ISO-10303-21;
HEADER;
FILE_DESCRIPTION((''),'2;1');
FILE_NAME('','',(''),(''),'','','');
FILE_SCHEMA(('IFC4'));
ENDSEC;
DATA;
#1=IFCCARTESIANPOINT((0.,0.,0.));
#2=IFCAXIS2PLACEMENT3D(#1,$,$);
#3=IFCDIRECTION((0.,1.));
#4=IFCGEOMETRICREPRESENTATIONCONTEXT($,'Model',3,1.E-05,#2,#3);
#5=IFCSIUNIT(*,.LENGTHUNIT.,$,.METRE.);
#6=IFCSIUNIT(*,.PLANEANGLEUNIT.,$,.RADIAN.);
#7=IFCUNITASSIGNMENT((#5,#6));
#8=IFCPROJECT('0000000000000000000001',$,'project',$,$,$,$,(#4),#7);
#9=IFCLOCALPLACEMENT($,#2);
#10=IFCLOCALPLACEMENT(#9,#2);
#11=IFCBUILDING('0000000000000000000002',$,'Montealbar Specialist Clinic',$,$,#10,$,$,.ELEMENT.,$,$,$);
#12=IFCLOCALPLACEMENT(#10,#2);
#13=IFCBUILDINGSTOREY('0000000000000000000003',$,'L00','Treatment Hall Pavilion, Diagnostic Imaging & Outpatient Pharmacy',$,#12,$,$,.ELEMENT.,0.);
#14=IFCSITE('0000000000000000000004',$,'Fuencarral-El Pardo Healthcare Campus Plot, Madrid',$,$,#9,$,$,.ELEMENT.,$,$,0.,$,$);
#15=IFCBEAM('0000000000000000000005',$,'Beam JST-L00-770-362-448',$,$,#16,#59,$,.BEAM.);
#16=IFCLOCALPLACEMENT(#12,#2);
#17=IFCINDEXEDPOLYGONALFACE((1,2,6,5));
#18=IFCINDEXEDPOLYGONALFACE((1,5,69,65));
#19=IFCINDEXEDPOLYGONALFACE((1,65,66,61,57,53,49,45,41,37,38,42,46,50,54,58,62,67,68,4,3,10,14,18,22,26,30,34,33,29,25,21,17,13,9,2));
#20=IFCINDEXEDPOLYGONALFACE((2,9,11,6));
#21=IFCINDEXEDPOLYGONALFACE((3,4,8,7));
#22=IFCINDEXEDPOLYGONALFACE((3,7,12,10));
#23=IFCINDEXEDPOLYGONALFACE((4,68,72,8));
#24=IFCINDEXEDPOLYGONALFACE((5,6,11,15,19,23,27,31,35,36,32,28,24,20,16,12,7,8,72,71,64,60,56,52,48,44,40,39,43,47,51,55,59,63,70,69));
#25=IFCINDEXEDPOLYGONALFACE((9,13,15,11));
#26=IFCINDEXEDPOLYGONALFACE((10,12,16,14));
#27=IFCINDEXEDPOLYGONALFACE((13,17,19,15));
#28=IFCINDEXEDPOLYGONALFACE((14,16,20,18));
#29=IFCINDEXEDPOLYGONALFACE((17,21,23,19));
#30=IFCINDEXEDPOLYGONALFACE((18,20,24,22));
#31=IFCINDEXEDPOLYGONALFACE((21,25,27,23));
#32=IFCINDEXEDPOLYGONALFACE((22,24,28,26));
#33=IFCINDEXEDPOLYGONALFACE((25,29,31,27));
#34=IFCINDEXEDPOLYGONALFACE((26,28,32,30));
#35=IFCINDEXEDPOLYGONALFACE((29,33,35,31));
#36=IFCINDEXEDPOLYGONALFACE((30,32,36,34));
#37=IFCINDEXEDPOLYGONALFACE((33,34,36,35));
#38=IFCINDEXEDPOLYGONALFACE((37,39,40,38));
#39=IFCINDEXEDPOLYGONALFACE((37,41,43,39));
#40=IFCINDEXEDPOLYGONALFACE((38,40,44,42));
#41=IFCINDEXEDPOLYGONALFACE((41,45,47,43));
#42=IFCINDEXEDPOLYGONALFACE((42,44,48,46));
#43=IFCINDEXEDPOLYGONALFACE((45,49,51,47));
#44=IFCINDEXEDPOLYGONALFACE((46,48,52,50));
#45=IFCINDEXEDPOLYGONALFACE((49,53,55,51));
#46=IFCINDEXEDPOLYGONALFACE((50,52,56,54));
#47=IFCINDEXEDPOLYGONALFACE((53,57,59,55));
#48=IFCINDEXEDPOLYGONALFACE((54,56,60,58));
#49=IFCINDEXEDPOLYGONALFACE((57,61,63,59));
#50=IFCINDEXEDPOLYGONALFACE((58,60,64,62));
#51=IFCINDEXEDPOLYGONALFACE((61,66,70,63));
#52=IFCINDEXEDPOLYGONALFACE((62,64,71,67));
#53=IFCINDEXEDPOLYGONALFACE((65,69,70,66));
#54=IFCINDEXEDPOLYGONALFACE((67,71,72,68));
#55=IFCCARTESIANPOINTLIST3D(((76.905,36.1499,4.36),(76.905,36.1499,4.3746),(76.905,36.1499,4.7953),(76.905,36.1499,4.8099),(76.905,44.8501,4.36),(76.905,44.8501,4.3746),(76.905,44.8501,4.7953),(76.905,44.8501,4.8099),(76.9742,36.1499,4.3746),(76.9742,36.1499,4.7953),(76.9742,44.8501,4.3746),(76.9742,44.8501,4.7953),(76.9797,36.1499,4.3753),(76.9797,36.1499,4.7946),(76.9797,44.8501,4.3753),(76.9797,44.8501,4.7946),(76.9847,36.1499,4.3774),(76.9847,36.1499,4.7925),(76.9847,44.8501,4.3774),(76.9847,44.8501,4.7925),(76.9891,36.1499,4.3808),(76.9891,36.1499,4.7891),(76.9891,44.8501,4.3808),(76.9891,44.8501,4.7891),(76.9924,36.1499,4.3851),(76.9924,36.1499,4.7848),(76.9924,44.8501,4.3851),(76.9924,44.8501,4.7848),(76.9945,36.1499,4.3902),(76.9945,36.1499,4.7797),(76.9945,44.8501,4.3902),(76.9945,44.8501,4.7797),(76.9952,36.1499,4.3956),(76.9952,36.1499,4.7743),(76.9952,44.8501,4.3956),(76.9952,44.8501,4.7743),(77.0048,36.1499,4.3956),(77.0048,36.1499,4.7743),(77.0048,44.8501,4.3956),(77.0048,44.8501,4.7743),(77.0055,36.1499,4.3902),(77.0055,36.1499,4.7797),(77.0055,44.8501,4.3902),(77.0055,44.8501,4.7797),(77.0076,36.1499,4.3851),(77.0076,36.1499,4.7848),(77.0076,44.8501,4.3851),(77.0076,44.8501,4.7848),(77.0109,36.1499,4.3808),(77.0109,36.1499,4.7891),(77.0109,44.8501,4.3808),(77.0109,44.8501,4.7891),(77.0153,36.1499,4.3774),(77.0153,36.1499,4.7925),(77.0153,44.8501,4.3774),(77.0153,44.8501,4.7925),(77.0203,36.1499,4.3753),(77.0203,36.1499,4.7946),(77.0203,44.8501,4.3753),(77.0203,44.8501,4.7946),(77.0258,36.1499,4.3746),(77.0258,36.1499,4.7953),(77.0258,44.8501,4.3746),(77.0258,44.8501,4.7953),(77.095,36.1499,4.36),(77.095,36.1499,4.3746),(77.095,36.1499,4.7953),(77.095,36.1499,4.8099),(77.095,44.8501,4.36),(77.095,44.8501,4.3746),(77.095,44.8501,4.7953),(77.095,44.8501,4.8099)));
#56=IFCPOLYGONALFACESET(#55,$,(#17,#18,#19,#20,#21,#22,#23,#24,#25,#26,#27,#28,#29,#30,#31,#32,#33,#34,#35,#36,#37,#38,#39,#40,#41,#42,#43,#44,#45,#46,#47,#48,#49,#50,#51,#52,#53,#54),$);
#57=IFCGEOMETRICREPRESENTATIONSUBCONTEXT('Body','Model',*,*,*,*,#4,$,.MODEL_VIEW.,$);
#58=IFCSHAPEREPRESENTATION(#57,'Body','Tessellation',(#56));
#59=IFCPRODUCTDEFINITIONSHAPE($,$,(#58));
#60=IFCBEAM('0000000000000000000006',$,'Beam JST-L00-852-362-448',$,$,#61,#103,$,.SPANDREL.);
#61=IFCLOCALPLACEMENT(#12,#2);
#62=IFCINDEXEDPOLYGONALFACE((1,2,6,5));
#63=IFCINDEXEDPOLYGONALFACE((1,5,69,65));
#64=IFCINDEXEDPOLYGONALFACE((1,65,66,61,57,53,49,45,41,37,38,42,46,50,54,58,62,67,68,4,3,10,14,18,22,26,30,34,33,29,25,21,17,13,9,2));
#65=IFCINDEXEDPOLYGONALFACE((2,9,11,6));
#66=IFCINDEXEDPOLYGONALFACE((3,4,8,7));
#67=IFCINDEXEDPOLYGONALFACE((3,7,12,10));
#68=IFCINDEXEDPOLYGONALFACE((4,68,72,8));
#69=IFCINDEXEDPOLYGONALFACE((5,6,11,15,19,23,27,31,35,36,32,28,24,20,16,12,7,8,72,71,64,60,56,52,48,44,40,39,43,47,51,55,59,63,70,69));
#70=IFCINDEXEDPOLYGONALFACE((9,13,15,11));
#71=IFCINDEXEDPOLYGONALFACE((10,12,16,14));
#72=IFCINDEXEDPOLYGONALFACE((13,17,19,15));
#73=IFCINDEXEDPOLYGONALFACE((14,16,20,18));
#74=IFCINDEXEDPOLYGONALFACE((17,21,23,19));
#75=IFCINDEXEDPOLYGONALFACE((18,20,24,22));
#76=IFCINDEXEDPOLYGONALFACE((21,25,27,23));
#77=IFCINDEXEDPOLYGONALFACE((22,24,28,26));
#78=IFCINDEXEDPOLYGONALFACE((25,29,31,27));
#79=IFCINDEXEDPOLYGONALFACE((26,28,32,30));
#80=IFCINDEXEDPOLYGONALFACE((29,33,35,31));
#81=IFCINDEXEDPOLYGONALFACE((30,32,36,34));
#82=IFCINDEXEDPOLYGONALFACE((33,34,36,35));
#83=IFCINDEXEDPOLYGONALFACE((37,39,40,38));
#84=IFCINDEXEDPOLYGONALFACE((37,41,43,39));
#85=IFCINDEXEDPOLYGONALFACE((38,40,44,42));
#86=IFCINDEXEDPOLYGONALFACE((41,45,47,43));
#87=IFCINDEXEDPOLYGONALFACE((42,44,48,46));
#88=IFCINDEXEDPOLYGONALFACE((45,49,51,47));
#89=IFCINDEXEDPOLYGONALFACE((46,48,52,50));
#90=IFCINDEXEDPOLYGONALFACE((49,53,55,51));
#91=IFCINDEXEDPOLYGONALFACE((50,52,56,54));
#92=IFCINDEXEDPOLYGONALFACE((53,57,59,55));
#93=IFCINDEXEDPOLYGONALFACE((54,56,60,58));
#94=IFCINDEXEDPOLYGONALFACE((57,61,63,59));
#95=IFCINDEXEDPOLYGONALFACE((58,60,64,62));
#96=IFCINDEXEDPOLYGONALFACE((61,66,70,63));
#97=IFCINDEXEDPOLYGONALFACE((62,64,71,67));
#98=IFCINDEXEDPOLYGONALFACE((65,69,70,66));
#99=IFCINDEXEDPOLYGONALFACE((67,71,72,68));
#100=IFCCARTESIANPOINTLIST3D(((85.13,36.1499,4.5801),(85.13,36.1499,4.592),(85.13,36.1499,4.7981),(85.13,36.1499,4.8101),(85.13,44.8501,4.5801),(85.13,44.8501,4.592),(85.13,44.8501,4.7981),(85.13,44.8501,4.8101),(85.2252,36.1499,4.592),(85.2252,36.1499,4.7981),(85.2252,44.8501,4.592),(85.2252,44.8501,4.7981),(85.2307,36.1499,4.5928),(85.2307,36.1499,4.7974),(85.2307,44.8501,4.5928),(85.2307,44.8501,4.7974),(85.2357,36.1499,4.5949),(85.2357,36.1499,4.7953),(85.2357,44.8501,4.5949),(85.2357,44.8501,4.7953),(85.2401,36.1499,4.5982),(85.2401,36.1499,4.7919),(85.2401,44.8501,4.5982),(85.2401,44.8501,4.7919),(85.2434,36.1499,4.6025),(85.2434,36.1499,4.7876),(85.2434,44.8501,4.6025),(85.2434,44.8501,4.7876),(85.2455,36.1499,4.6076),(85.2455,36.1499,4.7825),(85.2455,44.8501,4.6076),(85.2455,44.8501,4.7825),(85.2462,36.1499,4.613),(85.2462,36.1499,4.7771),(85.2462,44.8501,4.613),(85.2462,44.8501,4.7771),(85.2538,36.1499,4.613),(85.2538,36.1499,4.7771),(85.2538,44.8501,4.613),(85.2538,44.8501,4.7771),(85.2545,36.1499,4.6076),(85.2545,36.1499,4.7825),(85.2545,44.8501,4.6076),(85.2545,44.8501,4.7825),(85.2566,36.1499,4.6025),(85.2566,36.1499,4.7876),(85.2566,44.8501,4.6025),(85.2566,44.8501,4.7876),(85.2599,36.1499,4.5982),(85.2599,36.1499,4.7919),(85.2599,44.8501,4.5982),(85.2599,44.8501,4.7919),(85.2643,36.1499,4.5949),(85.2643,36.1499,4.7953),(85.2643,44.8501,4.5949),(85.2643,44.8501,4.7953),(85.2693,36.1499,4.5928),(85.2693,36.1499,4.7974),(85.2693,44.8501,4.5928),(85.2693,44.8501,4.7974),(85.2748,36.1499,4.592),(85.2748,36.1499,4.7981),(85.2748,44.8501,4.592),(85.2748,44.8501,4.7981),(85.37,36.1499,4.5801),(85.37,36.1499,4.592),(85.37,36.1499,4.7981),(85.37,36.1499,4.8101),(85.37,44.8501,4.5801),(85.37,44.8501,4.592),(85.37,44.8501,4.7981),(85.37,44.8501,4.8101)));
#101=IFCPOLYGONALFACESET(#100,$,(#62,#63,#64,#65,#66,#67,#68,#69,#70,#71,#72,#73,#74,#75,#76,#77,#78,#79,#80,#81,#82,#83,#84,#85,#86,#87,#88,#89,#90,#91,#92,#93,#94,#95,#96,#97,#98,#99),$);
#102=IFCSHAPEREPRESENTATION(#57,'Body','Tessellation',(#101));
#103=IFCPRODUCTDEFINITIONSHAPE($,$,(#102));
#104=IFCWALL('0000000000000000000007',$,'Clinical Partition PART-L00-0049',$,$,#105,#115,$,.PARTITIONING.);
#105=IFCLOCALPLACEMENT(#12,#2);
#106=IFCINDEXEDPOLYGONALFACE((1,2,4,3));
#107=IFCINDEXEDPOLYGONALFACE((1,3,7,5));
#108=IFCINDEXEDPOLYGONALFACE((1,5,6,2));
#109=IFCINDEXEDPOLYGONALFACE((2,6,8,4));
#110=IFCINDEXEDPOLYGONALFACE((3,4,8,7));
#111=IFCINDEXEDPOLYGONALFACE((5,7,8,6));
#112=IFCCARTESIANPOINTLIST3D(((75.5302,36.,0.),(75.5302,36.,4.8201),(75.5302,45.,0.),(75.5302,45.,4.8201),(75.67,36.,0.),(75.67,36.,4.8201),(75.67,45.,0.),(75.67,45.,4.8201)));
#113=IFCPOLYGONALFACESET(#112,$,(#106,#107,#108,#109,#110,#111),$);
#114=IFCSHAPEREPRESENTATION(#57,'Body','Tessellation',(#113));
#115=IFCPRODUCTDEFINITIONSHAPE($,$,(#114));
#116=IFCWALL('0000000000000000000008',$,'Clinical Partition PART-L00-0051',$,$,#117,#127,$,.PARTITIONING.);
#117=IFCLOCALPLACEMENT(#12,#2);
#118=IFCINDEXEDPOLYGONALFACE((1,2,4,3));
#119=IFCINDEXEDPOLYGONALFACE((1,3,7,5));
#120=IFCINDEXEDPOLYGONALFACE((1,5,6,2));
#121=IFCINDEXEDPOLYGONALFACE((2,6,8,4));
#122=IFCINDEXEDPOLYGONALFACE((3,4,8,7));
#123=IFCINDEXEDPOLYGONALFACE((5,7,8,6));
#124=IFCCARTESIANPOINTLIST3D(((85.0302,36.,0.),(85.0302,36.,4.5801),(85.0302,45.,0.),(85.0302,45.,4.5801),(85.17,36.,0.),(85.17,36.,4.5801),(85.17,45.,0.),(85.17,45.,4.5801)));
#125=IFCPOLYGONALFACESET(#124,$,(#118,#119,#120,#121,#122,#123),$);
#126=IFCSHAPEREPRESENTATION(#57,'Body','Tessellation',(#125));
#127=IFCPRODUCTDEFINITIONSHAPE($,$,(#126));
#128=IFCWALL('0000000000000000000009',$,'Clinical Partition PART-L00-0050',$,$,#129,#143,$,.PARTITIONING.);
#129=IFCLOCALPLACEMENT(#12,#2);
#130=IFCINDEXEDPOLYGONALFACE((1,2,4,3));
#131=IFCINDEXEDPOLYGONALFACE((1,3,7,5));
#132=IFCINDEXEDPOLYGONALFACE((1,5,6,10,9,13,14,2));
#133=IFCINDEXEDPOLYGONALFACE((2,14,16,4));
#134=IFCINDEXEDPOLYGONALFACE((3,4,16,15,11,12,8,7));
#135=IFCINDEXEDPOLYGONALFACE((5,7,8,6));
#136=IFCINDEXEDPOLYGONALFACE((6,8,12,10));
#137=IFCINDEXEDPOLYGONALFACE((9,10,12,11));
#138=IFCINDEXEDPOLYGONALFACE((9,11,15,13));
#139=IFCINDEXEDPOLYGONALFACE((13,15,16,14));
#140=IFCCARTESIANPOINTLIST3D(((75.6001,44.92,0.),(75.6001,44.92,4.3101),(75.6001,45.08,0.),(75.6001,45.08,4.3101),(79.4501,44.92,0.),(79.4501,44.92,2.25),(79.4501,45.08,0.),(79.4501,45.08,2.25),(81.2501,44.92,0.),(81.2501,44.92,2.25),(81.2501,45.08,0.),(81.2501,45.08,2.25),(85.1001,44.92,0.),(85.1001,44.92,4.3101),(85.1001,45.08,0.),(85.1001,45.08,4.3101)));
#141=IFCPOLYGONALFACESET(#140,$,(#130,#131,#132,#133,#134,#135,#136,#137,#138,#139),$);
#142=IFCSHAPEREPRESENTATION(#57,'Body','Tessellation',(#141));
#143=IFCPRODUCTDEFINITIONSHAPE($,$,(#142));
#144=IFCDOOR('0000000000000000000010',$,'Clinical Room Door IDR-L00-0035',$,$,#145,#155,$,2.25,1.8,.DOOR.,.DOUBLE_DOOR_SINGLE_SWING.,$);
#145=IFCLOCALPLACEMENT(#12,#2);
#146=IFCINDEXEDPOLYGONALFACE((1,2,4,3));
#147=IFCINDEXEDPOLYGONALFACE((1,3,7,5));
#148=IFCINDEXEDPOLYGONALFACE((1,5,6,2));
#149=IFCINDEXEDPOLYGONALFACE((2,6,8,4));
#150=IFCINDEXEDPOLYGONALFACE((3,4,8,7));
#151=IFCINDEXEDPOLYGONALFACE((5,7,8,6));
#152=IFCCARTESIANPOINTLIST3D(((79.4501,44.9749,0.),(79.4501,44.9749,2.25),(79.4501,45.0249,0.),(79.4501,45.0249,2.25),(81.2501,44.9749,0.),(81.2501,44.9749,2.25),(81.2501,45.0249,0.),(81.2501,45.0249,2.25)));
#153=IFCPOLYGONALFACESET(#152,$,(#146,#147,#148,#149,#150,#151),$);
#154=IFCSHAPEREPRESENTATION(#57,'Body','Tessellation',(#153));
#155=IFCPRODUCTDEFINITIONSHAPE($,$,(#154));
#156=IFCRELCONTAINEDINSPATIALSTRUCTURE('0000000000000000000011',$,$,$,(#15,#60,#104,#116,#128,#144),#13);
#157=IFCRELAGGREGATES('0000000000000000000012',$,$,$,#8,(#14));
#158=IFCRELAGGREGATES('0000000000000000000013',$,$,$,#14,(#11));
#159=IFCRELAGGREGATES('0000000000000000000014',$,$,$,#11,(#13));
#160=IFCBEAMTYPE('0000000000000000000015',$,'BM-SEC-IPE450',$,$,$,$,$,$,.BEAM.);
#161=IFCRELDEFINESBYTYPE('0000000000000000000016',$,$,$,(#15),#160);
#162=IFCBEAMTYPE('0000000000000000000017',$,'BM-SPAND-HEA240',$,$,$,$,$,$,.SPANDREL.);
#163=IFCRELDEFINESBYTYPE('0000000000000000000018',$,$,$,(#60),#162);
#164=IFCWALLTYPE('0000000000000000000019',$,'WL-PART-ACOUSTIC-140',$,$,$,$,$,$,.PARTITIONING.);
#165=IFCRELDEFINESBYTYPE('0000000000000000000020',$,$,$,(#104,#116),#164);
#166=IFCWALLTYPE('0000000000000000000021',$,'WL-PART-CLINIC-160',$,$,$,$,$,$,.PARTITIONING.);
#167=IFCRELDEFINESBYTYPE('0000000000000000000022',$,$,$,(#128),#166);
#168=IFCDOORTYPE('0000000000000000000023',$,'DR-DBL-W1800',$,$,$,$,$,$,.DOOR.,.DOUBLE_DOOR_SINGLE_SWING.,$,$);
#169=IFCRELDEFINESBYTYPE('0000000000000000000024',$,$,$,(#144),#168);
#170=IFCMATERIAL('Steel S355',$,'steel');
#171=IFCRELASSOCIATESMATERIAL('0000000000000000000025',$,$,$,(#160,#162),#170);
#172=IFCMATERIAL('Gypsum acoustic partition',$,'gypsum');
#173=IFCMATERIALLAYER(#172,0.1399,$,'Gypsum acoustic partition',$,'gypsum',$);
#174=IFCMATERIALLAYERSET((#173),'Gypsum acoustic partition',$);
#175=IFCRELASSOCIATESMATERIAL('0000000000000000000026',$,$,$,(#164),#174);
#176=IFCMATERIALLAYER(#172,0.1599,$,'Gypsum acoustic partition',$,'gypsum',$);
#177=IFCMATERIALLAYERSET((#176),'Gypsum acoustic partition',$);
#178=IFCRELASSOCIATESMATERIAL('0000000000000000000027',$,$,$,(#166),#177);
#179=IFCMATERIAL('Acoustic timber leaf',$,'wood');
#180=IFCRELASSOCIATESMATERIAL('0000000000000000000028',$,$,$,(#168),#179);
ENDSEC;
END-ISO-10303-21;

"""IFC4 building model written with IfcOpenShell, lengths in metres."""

from ifc_helpers import new_model, si_unit, direction, frame, frame_2d, origin, origin_2d, place, context, subcontext, project, spatial, rectangle, i_section, extrude, material, layer, layer_set, material_profile, profile_set, type_object, element, fill, save


model = new_model("IFC4")

# Units and contexts
model_context = context("Model", 3, precision=1e-05, world=origin(), true_north=direction((0.0, 1.0)))
body_context = subcontext(model_context, "Body", "Model", "MODEL_VIEW")
ifc_project = project(units=[si_unit("LENGTHUNIT", "METRE"), si_unit("PLANEANGLEUNIT", "RADIAN")], contexts=[model_context])

# Site, building, storey
site_placement = place(None, origin())
site = spatial("IfcSite", under=ifc_project, at=site_placement, Name="Fuencarral-El Pardo Healthcare Campus Plot, Madrid", CompositionType="ELEMENT", RefElevation=0.0)
building_placement = place(site_placement, origin())
building = spatial("IfcBuilding", under=site, at=building_placement, Name="Montealbar Specialist Clinic", CompositionType="ELEMENT")
storey_placement = place(building_placement, origin())
storey = spatial("IfcBuildingStorey", under=building, at=storey_placement, Name="L00", Description="Treatment Hall Pavilion, Diagnostic Imaging & Outpatient Pharmacy", CompositionType="ELEMENT", Elevation=0.0)

# Shared definitions
ifc_material_1 = material(Name="Steel S355", Category="steel")

# Beams
ifc_material_profile_1 = material_profile(ifc_material_1, i_section(OverallWidth=0.1899, OverallDepth=0.45, WebThickness=0.0095, FlangeThickness=0.0146, FilletRadius=0.021, at=origin_2d()), Name="IPE 450", Category="steel")
ifc_profile_set_1 = profile_set([ifc_material_profile_1], Name="Steel S355")
beam_type_1 = type_object("IfcBeamType", Name="BM-SEC-IPE450", PredefinedType="BEAM", material=ifc_profile_set_1)
beam_1_placement = place(storey_placement, frame((77.0, 36.1499, 4.585), z_axis=(0.0, 1.0, 0.0), x_axis=(-1.0, 0.0, 0.0)))
element("IfcBeam", 1, at=beam_1_placement, inside=storey, type_object=beam_type_1, Name="Beam JST-L00-770-362-448", PredefinedType="BEAM", context=body_context, shape_type="SweptSolid", body=[
    extrude(i_section(OverallWidth=0.1899, OverallDepth=0.45, WebThickness=0.0095, FlangeThickness=0.0146, FilletRadius=0.021, at=origin_2d()), origin(), (0.0, 0.0, 1.0), 8.7002),
])
ifc_material_profile_2 = material_profile(ifc_material_1, i_section(OverallWidth=0.24, OverallDepth=0.23, WebThickness=0.0076, FlangeThickness=0.012, FilletRadius=0.021, at=origin_2d()), Name="HEA 240", Category="steel")
ifc_profile_set_2 = profile_set([ifc_material_profile_2], Name="Steel S355")
beam_type_2 = type_object("IfcBeamType", Name="BM-SPAND-HEA240", PredefinedType="SPANDREL", material=ifc_profile_set_2)
beam_2_placement = place(storey_placement, frame((85.25, 36.1499, 4.6951), z_axis=(0.0, 1.0, 0.0), x_axis=(-1.0, 0.0, 0.0)))
element("IfcBeam", 2, at=beam_2_placement, inside=storey, type_object=beam_type_2, Name="Beam JST-L00-852-362-448", PredefinedType="SPANDREL", context=body_context, shape_type="SweptSolid", body=[
    extrude(i_section(OverallWidth=0.24, OverallDepth=0.23, WebThickness=0.0076, FlangeThickness=0.012, FilletRadius=0.021, at=origin_2d()), origin(), (0.0, 0.0, 1.0), 8.7002),
])

# Walls
ifc_material_2 = material(Name="Gypsum acoustic partition", Category="gypsum")
ifc_layer_1 = layer(ifc_material_2, 0.1399, Name="Gypsum acoustic partition", Category="gypsum")
ifc_layer_set_1 = layer_set([ifc_layer_1], Name="Gypsum acoustic partition")
wall_type_1 = type_object("IfcWallType", Name="WL-PART-ACOUSTIC-140", PredefinedType="PARTITIONING", material=ifc_layer_set_1)
wall_1_placement = place(storey_placement, frame((75.6001, 36.0, 0.0), z_axis=(0.0, 0.0, 1.0), x_axis=(0.0, 1.0, 0.0)))
element("IfcWall", 3, at=wall_1_placement, inside=storey, type_object=wall_type_1, Name="Clinical Partition PART-L00-0049", PredefinedType="PARTITIONING", context=body_context, shape_type="SweptSolid", body=[
    extrude(rectangle(XDim=9.0, YDim=0.1399, at=frame_2d((4.5, 0.0))), origin(), (0.0, 0.0, 1.0), 4.8201),
])
wall_2_placement = place(storey_placement, frame((85.1001, 36.0, 0.0), z_axis=(0.0, 0.0, 1.0), x_axis=(0.0, 1.0, 0.0)))
element("IfcWall", 4, at=wall_2_placement, inside=storey, type_object=wall_type_1, Name="Clinical Partition PART-L00-0051", PredefinedType="PARTITIONING", context=body_context, shape_type="SweptSolid", body=[
    extrude(rectangle(XDim=9.0, YDim=0.1399, at=frame_2d((4.5, 0.0))), origin(), (0.0, 0.0, 1.0), 4.5801),
])

# Wall, opening, door
ifc_layer_2 = layer(ifc_material_2, 0.1599, Name="Gypsum acoustic partition", Category="gypsum")
ifc_layer_set_2 = layer_set([ifc_layer_2], Name="Gypsum acoustic partition")
wall_type_2 = type_object("IfcWallType", Name="WL-PART-CLINIC-160", PredefinedType="PARTITIONING", material=ifc_layer_set_2)
wall_3_placement = place(storey_placement, frame((75.6001, 45.0, 0.0), z_axis=(0.0, 0.0, 1.0), x_axis=(1.0, 0.0, 0.0)))
wall_3 = element("IfcWall", 5, at=wall_3_placement, inside=storey, type_object=wall_type_2, Name="Clinical Partition PART-L00-0050", PredefinedType="PARTITIONING", context=body_context, shape_type="SweptSolid", body=[
    extrude(rectangle(XDim=9.5, YDim=0.1599, at=frame_2d((4.75, 0.0))), origin(), (0.0, 0.0, 1.0), 4.3101),
])
opening_1_placement = place(wall_3_placement, frame((3.8501, 0.0, 0.0)))
opening_1 = element("IfcOpeningElement", 6, at=opening_1_placement, cuts=wall_3, PredefinedType="OPENING", context=body_context, shape_type="SweptSolid", body=[
    extrude(rectangle(XDim=1.8, YDim=2.25, at=frame_2d((0.8999, 1.125))), frame((0.0, 0.0898, 0.0), z_axis=(0.0, -1.0, 0.0), x_axis=(1.0, 0.0, 0.0)), (0.0, 0.0, 1.0), 0.1799),
])
ifc_material_3 = material(Name="Acoustic timber leaf", Category="wood")
door_type = type_object("IfcDoorType", Name="DR-DBL-W1800", OperationType="DOUBLE_DOOR_SINGLE_SWING", PredefinedType="DOOR", material=ifc_material_3)
door_1_placement = place(opening_1_placement, origin())
door_1 = element("IfcDoor", 7, at=door_1_placement, inside=storey, type_object=door_type, Name="Clinical Room Door IDR-L00-0035", OperationType="DOUBLE_DOOR_SINGLE_SWING", OverallHeight=2.25, OverallWidth=1.8, PredefinedType="DOOR", context=body_context, shape_type="SweptSolid", body=[
    extrude(rectangle(XDim=1.8, YDim=2.25, at=frame_2d((0.8999, 1.125))), frame((0.0, 0.0249, 0.0), z_axis=(0.0, -1.0, 0.0), x_axis=(1.0, 0.0, 0.0)), (0.0, 0.0, 1.0), 0.05),
])
fill(opening_1, door_1)

save(model, "model.ifc")
